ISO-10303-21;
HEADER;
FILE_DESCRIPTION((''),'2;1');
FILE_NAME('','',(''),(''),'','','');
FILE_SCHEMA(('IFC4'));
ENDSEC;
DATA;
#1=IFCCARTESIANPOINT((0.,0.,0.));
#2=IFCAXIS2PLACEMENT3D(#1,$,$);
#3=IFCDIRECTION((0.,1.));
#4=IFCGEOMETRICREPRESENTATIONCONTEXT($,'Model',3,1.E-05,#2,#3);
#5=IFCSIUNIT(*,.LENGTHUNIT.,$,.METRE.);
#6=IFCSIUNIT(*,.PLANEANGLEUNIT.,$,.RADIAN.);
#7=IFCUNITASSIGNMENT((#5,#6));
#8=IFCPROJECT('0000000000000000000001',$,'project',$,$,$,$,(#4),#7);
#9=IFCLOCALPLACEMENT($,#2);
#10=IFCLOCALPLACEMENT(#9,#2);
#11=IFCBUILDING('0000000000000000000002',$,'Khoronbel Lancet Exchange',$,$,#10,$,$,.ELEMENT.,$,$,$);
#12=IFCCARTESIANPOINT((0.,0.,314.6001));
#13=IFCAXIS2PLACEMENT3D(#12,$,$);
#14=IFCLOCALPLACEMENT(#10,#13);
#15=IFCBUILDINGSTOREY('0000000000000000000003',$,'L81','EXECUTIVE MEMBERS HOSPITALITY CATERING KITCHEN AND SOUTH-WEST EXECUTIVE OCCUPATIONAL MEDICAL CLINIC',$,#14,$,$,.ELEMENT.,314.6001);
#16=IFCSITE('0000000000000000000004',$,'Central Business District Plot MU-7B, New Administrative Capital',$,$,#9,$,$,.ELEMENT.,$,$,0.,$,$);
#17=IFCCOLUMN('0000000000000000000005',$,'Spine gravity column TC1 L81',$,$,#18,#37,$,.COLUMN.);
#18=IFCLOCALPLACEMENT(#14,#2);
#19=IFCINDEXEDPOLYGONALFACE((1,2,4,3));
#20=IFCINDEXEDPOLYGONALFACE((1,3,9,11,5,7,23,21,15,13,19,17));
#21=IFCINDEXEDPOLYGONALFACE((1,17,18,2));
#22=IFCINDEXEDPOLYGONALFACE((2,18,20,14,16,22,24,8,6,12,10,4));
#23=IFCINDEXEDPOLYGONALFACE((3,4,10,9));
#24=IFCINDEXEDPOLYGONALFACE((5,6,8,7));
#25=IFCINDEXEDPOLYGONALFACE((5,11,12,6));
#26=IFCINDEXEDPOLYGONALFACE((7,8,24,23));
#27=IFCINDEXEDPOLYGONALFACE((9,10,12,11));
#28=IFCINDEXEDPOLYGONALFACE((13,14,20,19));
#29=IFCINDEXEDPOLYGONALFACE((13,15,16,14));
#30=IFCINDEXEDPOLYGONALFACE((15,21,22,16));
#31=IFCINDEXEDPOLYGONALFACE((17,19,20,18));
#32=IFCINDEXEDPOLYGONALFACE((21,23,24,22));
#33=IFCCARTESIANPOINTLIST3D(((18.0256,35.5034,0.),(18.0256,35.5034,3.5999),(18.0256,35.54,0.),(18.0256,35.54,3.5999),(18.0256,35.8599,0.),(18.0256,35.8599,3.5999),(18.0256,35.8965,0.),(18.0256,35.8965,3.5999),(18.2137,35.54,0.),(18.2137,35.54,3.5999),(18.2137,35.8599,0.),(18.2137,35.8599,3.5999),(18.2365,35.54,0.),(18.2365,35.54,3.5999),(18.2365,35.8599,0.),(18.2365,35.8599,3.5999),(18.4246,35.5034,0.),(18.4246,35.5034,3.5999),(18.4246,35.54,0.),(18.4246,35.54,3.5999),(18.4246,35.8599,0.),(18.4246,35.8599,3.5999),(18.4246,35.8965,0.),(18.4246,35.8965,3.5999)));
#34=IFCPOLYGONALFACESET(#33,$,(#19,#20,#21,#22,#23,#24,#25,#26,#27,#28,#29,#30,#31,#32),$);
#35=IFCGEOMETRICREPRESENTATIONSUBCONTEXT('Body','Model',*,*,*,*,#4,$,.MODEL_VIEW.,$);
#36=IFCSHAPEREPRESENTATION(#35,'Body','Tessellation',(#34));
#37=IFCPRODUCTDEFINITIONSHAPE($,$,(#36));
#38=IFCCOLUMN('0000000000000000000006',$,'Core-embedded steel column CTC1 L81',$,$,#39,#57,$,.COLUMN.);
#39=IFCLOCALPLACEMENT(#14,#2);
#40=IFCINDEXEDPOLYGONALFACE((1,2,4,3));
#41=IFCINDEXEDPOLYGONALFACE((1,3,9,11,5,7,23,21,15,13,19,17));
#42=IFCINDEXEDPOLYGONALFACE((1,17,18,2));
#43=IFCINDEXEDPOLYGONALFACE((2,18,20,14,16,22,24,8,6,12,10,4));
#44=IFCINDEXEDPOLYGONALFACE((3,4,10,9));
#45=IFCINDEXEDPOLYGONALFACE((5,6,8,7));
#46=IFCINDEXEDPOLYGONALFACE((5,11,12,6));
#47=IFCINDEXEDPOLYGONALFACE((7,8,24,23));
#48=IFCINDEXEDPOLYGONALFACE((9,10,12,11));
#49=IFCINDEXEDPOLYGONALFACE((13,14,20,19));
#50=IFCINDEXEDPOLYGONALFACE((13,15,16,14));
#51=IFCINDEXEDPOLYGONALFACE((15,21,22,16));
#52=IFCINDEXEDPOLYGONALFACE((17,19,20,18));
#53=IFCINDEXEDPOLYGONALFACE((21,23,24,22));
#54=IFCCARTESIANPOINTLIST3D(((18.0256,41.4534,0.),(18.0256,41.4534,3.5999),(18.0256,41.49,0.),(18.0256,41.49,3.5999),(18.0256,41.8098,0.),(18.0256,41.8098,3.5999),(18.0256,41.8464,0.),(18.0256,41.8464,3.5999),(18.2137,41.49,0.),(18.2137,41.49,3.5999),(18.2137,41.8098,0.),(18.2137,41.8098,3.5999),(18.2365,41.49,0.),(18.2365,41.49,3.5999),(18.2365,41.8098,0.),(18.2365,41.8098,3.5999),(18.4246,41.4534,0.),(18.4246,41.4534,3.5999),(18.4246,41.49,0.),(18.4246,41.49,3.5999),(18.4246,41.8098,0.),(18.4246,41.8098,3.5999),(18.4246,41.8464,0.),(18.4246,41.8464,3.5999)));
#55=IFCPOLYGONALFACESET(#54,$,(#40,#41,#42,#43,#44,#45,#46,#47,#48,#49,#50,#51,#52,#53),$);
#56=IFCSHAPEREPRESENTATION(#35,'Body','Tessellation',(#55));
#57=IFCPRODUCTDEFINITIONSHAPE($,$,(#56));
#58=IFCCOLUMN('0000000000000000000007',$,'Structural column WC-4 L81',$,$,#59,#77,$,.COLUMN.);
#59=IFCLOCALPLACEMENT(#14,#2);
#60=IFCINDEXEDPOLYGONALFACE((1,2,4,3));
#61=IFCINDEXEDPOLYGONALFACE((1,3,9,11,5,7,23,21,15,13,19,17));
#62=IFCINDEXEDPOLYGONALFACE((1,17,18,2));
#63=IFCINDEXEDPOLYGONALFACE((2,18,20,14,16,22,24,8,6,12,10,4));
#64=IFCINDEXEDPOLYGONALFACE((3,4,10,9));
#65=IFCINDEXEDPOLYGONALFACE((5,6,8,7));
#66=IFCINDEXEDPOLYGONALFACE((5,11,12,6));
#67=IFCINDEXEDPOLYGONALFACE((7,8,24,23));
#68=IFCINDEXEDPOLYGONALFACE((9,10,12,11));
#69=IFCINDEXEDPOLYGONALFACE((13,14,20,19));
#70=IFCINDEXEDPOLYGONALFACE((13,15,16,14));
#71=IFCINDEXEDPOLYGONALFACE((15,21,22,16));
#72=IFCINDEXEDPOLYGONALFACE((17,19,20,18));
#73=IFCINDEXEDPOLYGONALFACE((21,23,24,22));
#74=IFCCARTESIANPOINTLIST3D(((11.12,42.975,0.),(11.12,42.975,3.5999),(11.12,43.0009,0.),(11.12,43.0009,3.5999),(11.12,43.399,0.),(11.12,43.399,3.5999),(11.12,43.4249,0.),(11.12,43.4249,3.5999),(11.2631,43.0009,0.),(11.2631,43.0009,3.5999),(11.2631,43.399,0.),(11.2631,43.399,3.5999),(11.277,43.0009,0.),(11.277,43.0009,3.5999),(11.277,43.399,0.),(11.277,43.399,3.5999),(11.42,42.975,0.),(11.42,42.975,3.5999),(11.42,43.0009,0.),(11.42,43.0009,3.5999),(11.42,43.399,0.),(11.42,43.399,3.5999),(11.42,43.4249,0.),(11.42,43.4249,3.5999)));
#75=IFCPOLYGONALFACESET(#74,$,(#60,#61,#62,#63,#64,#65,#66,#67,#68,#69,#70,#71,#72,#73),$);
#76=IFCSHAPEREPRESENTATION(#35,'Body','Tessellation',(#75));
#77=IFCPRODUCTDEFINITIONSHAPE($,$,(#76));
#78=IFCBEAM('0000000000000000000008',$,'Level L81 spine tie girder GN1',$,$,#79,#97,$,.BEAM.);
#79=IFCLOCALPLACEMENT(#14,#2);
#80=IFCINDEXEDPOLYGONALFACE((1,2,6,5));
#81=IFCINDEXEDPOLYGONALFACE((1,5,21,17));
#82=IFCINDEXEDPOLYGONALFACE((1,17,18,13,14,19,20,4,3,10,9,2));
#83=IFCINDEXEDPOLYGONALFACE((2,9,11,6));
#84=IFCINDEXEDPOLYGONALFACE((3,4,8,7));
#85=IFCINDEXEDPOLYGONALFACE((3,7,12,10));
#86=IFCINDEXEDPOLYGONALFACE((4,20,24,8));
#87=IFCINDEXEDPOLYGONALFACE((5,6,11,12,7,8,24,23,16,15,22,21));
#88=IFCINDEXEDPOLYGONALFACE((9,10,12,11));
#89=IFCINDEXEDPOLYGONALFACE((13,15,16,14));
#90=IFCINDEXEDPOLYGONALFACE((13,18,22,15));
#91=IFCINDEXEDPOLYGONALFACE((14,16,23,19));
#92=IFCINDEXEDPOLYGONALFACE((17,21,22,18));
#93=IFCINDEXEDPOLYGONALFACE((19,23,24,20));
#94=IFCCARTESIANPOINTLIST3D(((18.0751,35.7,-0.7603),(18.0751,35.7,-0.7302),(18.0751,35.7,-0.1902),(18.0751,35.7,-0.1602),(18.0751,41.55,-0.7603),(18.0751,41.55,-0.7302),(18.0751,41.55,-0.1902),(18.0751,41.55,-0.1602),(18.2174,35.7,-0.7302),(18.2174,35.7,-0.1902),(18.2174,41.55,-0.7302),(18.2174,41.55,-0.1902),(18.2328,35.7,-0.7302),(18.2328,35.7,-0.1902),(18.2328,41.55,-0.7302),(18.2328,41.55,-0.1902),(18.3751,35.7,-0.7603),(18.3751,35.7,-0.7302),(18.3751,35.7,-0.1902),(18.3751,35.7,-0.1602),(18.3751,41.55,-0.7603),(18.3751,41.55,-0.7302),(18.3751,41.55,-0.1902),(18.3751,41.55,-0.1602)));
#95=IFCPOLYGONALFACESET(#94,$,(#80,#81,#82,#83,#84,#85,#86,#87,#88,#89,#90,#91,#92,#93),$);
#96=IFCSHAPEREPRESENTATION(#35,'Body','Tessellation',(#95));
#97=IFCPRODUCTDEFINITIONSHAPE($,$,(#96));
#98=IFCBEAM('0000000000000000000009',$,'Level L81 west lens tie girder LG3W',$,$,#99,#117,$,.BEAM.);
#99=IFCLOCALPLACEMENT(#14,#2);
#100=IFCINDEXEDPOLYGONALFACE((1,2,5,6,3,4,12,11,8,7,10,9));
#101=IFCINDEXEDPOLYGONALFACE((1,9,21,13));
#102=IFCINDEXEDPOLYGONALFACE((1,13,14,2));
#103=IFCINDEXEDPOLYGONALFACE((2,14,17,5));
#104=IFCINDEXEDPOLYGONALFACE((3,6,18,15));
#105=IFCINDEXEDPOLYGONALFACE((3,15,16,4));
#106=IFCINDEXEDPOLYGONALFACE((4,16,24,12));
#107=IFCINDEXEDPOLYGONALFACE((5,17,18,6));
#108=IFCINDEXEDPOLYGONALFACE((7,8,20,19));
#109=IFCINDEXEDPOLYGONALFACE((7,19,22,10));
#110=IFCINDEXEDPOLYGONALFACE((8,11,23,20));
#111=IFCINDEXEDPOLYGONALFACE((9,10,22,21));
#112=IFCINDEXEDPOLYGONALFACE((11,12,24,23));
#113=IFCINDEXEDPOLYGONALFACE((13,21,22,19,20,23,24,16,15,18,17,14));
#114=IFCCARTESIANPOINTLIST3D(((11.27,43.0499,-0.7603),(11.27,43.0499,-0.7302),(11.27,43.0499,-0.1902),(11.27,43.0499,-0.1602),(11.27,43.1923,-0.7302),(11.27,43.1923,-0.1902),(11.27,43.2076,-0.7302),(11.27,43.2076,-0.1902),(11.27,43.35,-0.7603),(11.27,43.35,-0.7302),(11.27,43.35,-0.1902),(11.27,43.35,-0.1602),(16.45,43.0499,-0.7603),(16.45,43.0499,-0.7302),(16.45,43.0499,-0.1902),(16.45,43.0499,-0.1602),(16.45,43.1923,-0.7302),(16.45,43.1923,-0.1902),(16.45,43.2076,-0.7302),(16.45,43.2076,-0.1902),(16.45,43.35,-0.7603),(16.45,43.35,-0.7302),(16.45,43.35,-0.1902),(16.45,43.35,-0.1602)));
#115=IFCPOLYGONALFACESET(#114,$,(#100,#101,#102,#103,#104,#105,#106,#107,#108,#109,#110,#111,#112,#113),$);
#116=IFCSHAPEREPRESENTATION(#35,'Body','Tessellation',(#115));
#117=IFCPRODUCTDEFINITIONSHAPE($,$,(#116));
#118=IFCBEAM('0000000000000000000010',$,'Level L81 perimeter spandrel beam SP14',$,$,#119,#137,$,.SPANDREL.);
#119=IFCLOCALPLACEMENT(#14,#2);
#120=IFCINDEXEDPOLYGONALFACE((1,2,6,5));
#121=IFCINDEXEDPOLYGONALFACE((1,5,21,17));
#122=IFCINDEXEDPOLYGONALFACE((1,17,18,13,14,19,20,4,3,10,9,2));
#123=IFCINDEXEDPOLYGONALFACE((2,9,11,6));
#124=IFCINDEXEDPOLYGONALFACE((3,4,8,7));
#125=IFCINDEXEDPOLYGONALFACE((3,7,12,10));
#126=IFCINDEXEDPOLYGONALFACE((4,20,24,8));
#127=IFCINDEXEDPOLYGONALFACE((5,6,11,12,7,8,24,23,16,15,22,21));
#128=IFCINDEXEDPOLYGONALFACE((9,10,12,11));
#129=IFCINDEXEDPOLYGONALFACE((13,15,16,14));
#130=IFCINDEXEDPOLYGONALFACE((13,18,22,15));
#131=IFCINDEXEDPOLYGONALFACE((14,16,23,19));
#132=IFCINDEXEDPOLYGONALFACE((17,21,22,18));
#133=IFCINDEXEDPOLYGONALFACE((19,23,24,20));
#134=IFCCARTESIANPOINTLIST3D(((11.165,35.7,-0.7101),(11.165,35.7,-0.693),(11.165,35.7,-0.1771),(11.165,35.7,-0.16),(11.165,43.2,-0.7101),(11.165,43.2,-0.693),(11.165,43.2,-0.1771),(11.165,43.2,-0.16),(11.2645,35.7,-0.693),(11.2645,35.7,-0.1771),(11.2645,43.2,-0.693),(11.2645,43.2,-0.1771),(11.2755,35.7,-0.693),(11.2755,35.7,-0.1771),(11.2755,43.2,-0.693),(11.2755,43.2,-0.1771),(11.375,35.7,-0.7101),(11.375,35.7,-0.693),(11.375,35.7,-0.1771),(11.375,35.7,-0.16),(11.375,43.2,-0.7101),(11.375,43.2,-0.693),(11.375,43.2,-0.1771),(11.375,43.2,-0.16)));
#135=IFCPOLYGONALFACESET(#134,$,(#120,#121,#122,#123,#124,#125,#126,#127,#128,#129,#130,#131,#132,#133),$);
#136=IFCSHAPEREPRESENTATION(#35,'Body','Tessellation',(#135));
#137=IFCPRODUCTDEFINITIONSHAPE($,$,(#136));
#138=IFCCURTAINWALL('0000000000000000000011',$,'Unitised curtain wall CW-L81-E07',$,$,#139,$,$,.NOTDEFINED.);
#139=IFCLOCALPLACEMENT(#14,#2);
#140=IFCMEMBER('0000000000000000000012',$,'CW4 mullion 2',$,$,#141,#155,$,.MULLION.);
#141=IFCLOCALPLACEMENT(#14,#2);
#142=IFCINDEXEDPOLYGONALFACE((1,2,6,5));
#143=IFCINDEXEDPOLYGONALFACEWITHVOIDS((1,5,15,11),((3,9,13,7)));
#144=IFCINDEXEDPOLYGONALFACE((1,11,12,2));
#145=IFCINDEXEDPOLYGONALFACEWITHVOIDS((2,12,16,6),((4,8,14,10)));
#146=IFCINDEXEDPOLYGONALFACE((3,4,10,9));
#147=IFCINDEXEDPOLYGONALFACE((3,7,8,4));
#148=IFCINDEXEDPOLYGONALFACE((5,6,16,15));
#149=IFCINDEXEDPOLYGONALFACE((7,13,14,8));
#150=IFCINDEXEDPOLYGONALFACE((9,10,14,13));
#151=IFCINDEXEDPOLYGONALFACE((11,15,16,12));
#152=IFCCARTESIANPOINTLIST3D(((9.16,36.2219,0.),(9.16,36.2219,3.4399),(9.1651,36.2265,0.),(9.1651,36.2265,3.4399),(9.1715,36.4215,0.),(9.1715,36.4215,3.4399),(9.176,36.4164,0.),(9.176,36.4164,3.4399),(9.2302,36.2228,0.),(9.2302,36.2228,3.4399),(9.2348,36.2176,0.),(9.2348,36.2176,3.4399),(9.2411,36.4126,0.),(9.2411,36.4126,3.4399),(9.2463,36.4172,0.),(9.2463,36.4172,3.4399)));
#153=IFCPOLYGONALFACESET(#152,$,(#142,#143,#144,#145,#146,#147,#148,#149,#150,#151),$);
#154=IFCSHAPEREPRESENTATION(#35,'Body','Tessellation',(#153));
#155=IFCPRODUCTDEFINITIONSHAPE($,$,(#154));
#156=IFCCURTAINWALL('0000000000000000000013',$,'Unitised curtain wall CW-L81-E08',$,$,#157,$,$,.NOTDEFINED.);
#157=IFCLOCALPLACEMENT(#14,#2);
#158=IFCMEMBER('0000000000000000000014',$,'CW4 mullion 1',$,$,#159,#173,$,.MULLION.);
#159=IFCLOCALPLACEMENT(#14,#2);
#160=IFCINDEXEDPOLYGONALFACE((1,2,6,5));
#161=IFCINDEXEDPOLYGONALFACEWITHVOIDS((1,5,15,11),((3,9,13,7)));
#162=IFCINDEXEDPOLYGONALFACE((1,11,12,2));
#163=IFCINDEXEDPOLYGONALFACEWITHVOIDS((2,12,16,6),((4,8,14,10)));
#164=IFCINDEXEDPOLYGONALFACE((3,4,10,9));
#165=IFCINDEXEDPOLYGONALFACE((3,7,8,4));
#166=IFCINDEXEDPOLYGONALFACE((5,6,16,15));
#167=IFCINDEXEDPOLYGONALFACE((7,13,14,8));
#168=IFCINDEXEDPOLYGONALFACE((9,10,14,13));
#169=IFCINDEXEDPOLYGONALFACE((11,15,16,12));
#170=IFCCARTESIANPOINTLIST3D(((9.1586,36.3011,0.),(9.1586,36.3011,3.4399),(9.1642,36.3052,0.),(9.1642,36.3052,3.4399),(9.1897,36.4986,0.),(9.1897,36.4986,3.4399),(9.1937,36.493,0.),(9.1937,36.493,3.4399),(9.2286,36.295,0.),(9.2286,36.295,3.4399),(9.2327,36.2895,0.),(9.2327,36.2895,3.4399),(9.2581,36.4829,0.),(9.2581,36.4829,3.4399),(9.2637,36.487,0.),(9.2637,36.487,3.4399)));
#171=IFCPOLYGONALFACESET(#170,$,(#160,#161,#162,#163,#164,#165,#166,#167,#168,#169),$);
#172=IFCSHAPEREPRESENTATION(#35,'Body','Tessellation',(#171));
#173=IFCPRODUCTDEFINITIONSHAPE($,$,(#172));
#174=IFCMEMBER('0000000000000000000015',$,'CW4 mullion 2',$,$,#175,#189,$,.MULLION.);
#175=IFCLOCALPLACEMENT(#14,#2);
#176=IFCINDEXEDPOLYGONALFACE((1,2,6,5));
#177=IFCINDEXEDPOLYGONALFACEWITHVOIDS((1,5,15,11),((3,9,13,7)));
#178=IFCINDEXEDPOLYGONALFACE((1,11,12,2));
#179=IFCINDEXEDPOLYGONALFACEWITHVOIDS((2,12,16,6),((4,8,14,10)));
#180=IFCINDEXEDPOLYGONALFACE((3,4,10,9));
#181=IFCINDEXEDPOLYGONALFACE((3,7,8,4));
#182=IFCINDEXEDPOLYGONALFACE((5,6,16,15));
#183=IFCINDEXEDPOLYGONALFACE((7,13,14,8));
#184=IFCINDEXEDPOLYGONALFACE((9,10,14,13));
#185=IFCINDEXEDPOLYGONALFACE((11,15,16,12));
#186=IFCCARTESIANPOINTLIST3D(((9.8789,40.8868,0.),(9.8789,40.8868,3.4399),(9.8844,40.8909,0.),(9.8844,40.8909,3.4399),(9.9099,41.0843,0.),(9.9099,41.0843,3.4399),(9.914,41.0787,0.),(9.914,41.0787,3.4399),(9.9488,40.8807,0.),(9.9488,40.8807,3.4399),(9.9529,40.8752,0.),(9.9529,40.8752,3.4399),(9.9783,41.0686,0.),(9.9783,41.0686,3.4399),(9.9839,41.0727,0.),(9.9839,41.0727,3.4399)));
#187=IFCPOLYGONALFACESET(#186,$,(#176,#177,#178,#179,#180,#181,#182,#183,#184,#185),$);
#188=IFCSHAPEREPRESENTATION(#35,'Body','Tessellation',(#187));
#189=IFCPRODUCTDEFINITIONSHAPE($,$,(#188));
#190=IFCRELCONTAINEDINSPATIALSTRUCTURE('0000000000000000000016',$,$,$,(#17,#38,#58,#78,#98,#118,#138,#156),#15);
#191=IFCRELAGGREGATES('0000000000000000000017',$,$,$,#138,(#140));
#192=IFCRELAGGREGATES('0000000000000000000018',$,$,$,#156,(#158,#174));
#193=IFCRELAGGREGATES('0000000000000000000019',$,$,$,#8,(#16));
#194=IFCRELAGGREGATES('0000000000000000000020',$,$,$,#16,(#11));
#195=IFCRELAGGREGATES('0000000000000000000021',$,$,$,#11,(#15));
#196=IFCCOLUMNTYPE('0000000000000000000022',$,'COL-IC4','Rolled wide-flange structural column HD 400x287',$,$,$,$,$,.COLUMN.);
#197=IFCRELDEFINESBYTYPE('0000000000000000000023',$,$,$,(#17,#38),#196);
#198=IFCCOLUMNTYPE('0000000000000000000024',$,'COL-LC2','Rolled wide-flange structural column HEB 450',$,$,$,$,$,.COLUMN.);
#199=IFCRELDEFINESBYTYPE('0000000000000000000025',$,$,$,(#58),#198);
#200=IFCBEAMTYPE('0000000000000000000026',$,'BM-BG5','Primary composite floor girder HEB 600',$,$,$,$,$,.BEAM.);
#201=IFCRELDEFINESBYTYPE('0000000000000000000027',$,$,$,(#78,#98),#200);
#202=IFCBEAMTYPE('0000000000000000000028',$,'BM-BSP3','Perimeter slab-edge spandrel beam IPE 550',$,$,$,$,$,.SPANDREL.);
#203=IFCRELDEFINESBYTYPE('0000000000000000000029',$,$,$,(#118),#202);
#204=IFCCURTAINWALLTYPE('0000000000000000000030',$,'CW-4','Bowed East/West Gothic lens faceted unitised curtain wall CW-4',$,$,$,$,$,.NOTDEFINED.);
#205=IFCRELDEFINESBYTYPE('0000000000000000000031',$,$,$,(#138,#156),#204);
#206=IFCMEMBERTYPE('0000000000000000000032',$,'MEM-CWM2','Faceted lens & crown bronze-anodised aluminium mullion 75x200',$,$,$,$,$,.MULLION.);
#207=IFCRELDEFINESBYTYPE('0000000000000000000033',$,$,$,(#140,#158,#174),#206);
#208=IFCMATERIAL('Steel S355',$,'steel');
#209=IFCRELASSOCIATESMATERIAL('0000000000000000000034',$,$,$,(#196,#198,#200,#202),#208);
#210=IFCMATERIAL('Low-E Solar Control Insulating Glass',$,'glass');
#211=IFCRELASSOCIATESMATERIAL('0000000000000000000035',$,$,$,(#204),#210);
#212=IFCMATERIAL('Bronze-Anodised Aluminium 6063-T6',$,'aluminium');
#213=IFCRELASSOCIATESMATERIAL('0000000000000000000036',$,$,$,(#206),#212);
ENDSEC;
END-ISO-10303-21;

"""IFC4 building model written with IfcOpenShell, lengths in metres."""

from ifc_helpers import new_model, si_unit, direction, frame, origin, origin_2d, place, context, subcontext, project, spatial, hollow_rectangle, i_section, extrude, material, material_profile, profile_set, type_object, element, aggregate, save


model = new_model("IFC4")

# Units and contexts
model_context = context("Model", 3, precision=1e-05, world=origin(), true_north=direction((0.0, 1.0)))
body_context = subcontext(model_context, "Body", "Model", "MODEL_VIEW")
ifc_project = project(units=[si_unit("LENGTHUNIT", "METRE"), si_unit("PLANEANGLEUNIT", "RADIAN")], contexts=[model_context])

# Site, building, storey
site_placement = place(None, origin())
site = spatial("IfcSite", under=ifc_project, at=site_placement, Name="Central Business District Plot MU-7B, New Administrative Capital", CompositionType="ELEMENT", RefElevation=0.0)
building_placement = place(site_placement, origin())
building = spatial("IfcBuilding", under=site, at=building_placement, Name="Khoronbel Lancet Exchange", CompositionType="ELEMENT")
storey_placement = place(building_placement, frame((0.0, 0.0, 314.6001)))
storey = spatial("IfcBuildingStorey", under=building, at=storey_placement, Name="L81", Description="EXECUTIVE MEMBERS HOSPITALITY CATERING KITCHEN AND SOUTH-WEST EXECUTIVE OCCUPATIONAL MEDICAL CLINIC", CompositionType="ELEMENT", Elevation=314.6001)

# Columns
ifc_material_1 = material(Name="Steel S355", Category="steel")
ifc_material_profile_1 = material_profile(ifc_material_1, i_section(OverallWidth=0.3989, OverallDepth=0.3931, WebThickness=0.0227, FlangeThickness=0.0366, at=origin_2d()), Name="HD 400x287")
ifc_profile_set_1 = profile_set([ifc_material_profile_1], Name="Steel S355")
column_type_1 = type_object("IfcColumnType", Name="COL-IC4", Description="Rolled wide-flange structural column HD 400x287", PredefinedType="COLUMN", material=ifc_profile_set_1)
for number, where, z_axis, x_axis, name in (
    (1, (18.2251, 35.7, 0.0), (0.0, 0.0, 1.0), (1.0, 0.0, 0.0), "Spine gravity column TC1 L81"),
    (2, (18.2251, 41.6499, 0.0), (0.0, 0.0, 1.0), (1.0, 0.0, 0.0), "Core-embedded steel column CTC1 L81"),
):
    element("IfcColumn", number, at=place(storey_placement, frame(where, z_axis=z_axis, x_axis=x_axis)), inside=storey, type_object=column_type_1, Name=name, PredefinedType="COLUMN", context=body_context, shape_type="SweptSolid", body=[
        extrude(i_section(OverallWidth=0.3989, OverallDepth=0.3931, WebThickness=0.0227, FlangeThickness=0.0366, at=origin_2d()), origin(), (0.0, 0.0, 1.0), 3.5999),
    ])
ifc_material_profile_2 = material_profile(ifc_material_1, i_section(OverallWidth=0.3, OverallDepth=0.45, WebThickness=0.0139, FlangeThickness=0.0259, at=origin_2d()), Name="HEB 450")
ifc_profile_set_2 = profile_set([ifc_material_profile_2], Name="Steel S355")
column_type_2 = type_object("IfcColumnType", Name="COL-LC2", Description="Rolled wide-flange structural column HEB 450", PredefinedType="COLUMN", material=ifc_profile_set_2)
column_placement = place(storey_placement, frame((11.27, 43.2, 0.0), z_axis=(0.0, 0.0, 1.0), x_axis=(1.0, 0.0, 0.0)))
element("IfcColumn", 3, at=column_placement, inside=storey, type_object=column_type_2, Name="Structural column WC-4 L81", PredefinedType="COLUMN", context=body_context, shape_type="SweptSolid", body=[
    extrude(i_section(OverallWidth=0.3, OverallDepth=0.45, WebThickness=0.0139, FlangeThickness=0.0259, at=origin_2d()), origin(), (0.0, 0.0, 1.0), 3.5999),
])

# Beams
ifc_material_profile_3 = material_profile(ifc_material_1, i_section(OverallWidth=0.3, OverallDepth=0.6001, WebThickness=0.0154, FlangeThickness=0.03, at=origin_2d()), Name="HEB 600")
ifc_profile_set_3 = profile_set([ifc_material_profile_3], Name="Steel S355")
beam_type_1 = type_object("IfcBeamType", Name="BM-BG5", Description="Primary composite floor girder HEB 600", PredefinedType="BEAM", material=ifc_profile_set_3)
beam_1_placement = place(storey_placement, frame((18.2251, 35.7, -0.4602), z_axis=(0.0, 1.0, 0.0), x_axis=(-1.0, 0.0, 0.0)))
element("IfcBeam", 4, at=beam_1_placement, inside=storey, type_object=beam_type_1, Name="Level L81 spine tie girder GN1", PredefinedType="BEAM", context=body_context, shape_type="SweptSolid", body=[
    extrude(i_section(OverallWidth=0.3, OverallDepth=0.6001, WebThickness=0.0154, FlangeThickness=0.03, at=origin_2d()), origin(), (0.0, 0.0, 1.0), 5.8501),
])
beam_2_placement = place(storey_placement, frame((11.27, 43.2, -0.4602), z_axis=(1.0, 0.0, 0.0), x_axis=(0.0, 1.0, 0.0)))
element("IfcBeam", 5, at=beam_2_placement, inside=storey, type_object=beam_type_1, Name="Level L81 west lens tie girder LG3W", PredefinedType="BEAM", context=body_context, shape_type="SweptSolid", body=[
    extrude(i_section(OverallWidth=0.3, OverallDepth=0.6001, WebThickness=0.0154, FlangeThickness=0.03, at=origin_2d()), origin(), (0.0, 0.0, 1.0), 5.1799),
])
ifc_material_profile_4 = material_profile(ifc_material_1, i_section(OverallWidth=0.21, OverallDepth=0.55, WebThickness=0.011, FlangeThickness=0.0171, at=origin_2d()), Name="IPE 550")
ifc_profile_set_4 = profile_set([ifc_material_profile_4], Name="Steel S355")
beam_type_2 = type_object("IfcBeamType", Name="BM-BSP3", Description="Perimeter slab-edge spandrel beam IPE 550", PredefinedType="SPANDREL", material=ifc_profile_set_4)
beam_3_placement = place(storey_placement, frame((11.27, 43.2, -0.4351), z_axis=(0.0, -1.0, 0.0), x_axis=(1.0, 0.0, 0.0)))
element("IfcBeam", 6, at=beam_3_placement, inside=storey, type_object=beam_type_2, Name="Level L81 perimeter spandrel beam SP14", PredefinedType="SPANDREL", context=body_context, shape_type="SweptSolid", body=[
    extrude(i_section(OverallWidth=0.21, OverallDepth=0.55, WebThickness=0.011, FlangeThickness=0.0171, at=origin_2d()), origin(), (0.0, 0.0, 1.0), 7.5),
])

# Curtain wall, member
ifc_material_2 = material(Name="Low-E Solar Control Insulating Glass", Category="glass")
curtain_wall_type = type_object("IfcCurtainWallType", Name="CW-4", Description="Bowed East/West Gothic lens faceted unitised curtain wall CW-4", PredefinedType="NOTDEFINED", material=ifc_material_2)
curtain_wall_1_placement = place(storey_placement, origin())
curtain_wall_1 = element("IfcCurtainWall", 7, at=curtain_wall_1_placement, inside=storey, type_object=curtain_wall_type, Name="Unitised curtain wall CW-L81-E07", PredefinedType="NOTDEFINED")
ifc_material_3 = material(Name="Bronze-Anodised Aluminium 6063-T6", Category="aluminium")
ifc_material_profile_5 = material_profile(ifc_material_3, hollow_rectangle(XDim=0.075, YDim=0.2, WallThickness=0.0049, at=origin_2d()), Name="ALU MULLION 75x200")
ifc_profile_set_5 = profile_set([ifc_material_profile_5], Name="Bronze-Anodised Aluminium 6063-T6")
member_type_1 = type_object("IfcMemberType", Name="MEM-CWM2", Description="Faceted lens & crown bronze-anodised aluminium mullion 75x200", PredefinedType="MULLION", material=ifc_profile_set_5)
member_1_placement = place(storey_placement, frame((9.2031, 36.3196, 0.0), z_axis=(0.0, 0.0, 1.0), x_axis=(-0.998351, 0.057409, 0.0)))
member_1 = element("IfcMember", 8, at=member_1_placement, type_object=member_type_1, Name="CW4 mullion 2", PredefinedType="MULLION", context=body_context, shape_type="SweptSolid", body=[
    extrude(hollow_rectangle(XDim=0.075, YDim=0.2, WallThickness=0.0049, at=origin_2d()), origin(), (0.0, 0.0, 1.0), 3.4399),
])
aggregate(curtain_wall_1, [member_1])

# Curtain wall, members
curtain_wall_2_placement = place(storey_placement, origin())
curtain_wall_2 = element("IfcCurtainWall", 9, at=curtain_wall_2_placement, inside=storey, type_object=curtain_wall_type, Name="Unitised curtain wall CW-L81-E08", PredefinedType="NOTDEFINED")
member_2_placement = place(storey_placement, frame((9.2112, 36.394, 0.0), z_axis=(0.0, 0.0, 1.0), x_axis=(-0.987889, 0.155165, 0.0)))
member_2 = element("IfcMember", 10, at=member_2_placement, type_object=member_type_1, Name="CW4 mullion 1", PredefinedType="MULLION", context=body_context, shape_type="SweptSolid", body=[
    extrude(hollow_rectangle(XDim=0.075, YDim=0.2, WallThickness=0.0049, at=origin_2d()), origin(), (0.0, 0.0, 1.0), 3.4399),
])
member_3_placement = place(storey_placement, frame((9.9314, 40.9797, 0.0), z_axis=(0.0, 0.0, 1.0), x_axis=(-0.987889, 0.155165, 0.0)))
member_3 = element("IfcMember", 11, at=member_3_placement, type_object=member_type_1, Name="CW4 mullion 2", PredefinedType="MULLION", context=body_context, shape_type="SweptSolid", body=[
    extrude(hollow_rectangle(XDim=0.075, YDim=0.2, WallThickness=0.0049, at=origin_2d()), origin(), (0.0, 0.0, 1.0), 3.4399),
])

aggregate(curtain_wall_2, [member_2, member_3])

save(model, "model.ifc")
